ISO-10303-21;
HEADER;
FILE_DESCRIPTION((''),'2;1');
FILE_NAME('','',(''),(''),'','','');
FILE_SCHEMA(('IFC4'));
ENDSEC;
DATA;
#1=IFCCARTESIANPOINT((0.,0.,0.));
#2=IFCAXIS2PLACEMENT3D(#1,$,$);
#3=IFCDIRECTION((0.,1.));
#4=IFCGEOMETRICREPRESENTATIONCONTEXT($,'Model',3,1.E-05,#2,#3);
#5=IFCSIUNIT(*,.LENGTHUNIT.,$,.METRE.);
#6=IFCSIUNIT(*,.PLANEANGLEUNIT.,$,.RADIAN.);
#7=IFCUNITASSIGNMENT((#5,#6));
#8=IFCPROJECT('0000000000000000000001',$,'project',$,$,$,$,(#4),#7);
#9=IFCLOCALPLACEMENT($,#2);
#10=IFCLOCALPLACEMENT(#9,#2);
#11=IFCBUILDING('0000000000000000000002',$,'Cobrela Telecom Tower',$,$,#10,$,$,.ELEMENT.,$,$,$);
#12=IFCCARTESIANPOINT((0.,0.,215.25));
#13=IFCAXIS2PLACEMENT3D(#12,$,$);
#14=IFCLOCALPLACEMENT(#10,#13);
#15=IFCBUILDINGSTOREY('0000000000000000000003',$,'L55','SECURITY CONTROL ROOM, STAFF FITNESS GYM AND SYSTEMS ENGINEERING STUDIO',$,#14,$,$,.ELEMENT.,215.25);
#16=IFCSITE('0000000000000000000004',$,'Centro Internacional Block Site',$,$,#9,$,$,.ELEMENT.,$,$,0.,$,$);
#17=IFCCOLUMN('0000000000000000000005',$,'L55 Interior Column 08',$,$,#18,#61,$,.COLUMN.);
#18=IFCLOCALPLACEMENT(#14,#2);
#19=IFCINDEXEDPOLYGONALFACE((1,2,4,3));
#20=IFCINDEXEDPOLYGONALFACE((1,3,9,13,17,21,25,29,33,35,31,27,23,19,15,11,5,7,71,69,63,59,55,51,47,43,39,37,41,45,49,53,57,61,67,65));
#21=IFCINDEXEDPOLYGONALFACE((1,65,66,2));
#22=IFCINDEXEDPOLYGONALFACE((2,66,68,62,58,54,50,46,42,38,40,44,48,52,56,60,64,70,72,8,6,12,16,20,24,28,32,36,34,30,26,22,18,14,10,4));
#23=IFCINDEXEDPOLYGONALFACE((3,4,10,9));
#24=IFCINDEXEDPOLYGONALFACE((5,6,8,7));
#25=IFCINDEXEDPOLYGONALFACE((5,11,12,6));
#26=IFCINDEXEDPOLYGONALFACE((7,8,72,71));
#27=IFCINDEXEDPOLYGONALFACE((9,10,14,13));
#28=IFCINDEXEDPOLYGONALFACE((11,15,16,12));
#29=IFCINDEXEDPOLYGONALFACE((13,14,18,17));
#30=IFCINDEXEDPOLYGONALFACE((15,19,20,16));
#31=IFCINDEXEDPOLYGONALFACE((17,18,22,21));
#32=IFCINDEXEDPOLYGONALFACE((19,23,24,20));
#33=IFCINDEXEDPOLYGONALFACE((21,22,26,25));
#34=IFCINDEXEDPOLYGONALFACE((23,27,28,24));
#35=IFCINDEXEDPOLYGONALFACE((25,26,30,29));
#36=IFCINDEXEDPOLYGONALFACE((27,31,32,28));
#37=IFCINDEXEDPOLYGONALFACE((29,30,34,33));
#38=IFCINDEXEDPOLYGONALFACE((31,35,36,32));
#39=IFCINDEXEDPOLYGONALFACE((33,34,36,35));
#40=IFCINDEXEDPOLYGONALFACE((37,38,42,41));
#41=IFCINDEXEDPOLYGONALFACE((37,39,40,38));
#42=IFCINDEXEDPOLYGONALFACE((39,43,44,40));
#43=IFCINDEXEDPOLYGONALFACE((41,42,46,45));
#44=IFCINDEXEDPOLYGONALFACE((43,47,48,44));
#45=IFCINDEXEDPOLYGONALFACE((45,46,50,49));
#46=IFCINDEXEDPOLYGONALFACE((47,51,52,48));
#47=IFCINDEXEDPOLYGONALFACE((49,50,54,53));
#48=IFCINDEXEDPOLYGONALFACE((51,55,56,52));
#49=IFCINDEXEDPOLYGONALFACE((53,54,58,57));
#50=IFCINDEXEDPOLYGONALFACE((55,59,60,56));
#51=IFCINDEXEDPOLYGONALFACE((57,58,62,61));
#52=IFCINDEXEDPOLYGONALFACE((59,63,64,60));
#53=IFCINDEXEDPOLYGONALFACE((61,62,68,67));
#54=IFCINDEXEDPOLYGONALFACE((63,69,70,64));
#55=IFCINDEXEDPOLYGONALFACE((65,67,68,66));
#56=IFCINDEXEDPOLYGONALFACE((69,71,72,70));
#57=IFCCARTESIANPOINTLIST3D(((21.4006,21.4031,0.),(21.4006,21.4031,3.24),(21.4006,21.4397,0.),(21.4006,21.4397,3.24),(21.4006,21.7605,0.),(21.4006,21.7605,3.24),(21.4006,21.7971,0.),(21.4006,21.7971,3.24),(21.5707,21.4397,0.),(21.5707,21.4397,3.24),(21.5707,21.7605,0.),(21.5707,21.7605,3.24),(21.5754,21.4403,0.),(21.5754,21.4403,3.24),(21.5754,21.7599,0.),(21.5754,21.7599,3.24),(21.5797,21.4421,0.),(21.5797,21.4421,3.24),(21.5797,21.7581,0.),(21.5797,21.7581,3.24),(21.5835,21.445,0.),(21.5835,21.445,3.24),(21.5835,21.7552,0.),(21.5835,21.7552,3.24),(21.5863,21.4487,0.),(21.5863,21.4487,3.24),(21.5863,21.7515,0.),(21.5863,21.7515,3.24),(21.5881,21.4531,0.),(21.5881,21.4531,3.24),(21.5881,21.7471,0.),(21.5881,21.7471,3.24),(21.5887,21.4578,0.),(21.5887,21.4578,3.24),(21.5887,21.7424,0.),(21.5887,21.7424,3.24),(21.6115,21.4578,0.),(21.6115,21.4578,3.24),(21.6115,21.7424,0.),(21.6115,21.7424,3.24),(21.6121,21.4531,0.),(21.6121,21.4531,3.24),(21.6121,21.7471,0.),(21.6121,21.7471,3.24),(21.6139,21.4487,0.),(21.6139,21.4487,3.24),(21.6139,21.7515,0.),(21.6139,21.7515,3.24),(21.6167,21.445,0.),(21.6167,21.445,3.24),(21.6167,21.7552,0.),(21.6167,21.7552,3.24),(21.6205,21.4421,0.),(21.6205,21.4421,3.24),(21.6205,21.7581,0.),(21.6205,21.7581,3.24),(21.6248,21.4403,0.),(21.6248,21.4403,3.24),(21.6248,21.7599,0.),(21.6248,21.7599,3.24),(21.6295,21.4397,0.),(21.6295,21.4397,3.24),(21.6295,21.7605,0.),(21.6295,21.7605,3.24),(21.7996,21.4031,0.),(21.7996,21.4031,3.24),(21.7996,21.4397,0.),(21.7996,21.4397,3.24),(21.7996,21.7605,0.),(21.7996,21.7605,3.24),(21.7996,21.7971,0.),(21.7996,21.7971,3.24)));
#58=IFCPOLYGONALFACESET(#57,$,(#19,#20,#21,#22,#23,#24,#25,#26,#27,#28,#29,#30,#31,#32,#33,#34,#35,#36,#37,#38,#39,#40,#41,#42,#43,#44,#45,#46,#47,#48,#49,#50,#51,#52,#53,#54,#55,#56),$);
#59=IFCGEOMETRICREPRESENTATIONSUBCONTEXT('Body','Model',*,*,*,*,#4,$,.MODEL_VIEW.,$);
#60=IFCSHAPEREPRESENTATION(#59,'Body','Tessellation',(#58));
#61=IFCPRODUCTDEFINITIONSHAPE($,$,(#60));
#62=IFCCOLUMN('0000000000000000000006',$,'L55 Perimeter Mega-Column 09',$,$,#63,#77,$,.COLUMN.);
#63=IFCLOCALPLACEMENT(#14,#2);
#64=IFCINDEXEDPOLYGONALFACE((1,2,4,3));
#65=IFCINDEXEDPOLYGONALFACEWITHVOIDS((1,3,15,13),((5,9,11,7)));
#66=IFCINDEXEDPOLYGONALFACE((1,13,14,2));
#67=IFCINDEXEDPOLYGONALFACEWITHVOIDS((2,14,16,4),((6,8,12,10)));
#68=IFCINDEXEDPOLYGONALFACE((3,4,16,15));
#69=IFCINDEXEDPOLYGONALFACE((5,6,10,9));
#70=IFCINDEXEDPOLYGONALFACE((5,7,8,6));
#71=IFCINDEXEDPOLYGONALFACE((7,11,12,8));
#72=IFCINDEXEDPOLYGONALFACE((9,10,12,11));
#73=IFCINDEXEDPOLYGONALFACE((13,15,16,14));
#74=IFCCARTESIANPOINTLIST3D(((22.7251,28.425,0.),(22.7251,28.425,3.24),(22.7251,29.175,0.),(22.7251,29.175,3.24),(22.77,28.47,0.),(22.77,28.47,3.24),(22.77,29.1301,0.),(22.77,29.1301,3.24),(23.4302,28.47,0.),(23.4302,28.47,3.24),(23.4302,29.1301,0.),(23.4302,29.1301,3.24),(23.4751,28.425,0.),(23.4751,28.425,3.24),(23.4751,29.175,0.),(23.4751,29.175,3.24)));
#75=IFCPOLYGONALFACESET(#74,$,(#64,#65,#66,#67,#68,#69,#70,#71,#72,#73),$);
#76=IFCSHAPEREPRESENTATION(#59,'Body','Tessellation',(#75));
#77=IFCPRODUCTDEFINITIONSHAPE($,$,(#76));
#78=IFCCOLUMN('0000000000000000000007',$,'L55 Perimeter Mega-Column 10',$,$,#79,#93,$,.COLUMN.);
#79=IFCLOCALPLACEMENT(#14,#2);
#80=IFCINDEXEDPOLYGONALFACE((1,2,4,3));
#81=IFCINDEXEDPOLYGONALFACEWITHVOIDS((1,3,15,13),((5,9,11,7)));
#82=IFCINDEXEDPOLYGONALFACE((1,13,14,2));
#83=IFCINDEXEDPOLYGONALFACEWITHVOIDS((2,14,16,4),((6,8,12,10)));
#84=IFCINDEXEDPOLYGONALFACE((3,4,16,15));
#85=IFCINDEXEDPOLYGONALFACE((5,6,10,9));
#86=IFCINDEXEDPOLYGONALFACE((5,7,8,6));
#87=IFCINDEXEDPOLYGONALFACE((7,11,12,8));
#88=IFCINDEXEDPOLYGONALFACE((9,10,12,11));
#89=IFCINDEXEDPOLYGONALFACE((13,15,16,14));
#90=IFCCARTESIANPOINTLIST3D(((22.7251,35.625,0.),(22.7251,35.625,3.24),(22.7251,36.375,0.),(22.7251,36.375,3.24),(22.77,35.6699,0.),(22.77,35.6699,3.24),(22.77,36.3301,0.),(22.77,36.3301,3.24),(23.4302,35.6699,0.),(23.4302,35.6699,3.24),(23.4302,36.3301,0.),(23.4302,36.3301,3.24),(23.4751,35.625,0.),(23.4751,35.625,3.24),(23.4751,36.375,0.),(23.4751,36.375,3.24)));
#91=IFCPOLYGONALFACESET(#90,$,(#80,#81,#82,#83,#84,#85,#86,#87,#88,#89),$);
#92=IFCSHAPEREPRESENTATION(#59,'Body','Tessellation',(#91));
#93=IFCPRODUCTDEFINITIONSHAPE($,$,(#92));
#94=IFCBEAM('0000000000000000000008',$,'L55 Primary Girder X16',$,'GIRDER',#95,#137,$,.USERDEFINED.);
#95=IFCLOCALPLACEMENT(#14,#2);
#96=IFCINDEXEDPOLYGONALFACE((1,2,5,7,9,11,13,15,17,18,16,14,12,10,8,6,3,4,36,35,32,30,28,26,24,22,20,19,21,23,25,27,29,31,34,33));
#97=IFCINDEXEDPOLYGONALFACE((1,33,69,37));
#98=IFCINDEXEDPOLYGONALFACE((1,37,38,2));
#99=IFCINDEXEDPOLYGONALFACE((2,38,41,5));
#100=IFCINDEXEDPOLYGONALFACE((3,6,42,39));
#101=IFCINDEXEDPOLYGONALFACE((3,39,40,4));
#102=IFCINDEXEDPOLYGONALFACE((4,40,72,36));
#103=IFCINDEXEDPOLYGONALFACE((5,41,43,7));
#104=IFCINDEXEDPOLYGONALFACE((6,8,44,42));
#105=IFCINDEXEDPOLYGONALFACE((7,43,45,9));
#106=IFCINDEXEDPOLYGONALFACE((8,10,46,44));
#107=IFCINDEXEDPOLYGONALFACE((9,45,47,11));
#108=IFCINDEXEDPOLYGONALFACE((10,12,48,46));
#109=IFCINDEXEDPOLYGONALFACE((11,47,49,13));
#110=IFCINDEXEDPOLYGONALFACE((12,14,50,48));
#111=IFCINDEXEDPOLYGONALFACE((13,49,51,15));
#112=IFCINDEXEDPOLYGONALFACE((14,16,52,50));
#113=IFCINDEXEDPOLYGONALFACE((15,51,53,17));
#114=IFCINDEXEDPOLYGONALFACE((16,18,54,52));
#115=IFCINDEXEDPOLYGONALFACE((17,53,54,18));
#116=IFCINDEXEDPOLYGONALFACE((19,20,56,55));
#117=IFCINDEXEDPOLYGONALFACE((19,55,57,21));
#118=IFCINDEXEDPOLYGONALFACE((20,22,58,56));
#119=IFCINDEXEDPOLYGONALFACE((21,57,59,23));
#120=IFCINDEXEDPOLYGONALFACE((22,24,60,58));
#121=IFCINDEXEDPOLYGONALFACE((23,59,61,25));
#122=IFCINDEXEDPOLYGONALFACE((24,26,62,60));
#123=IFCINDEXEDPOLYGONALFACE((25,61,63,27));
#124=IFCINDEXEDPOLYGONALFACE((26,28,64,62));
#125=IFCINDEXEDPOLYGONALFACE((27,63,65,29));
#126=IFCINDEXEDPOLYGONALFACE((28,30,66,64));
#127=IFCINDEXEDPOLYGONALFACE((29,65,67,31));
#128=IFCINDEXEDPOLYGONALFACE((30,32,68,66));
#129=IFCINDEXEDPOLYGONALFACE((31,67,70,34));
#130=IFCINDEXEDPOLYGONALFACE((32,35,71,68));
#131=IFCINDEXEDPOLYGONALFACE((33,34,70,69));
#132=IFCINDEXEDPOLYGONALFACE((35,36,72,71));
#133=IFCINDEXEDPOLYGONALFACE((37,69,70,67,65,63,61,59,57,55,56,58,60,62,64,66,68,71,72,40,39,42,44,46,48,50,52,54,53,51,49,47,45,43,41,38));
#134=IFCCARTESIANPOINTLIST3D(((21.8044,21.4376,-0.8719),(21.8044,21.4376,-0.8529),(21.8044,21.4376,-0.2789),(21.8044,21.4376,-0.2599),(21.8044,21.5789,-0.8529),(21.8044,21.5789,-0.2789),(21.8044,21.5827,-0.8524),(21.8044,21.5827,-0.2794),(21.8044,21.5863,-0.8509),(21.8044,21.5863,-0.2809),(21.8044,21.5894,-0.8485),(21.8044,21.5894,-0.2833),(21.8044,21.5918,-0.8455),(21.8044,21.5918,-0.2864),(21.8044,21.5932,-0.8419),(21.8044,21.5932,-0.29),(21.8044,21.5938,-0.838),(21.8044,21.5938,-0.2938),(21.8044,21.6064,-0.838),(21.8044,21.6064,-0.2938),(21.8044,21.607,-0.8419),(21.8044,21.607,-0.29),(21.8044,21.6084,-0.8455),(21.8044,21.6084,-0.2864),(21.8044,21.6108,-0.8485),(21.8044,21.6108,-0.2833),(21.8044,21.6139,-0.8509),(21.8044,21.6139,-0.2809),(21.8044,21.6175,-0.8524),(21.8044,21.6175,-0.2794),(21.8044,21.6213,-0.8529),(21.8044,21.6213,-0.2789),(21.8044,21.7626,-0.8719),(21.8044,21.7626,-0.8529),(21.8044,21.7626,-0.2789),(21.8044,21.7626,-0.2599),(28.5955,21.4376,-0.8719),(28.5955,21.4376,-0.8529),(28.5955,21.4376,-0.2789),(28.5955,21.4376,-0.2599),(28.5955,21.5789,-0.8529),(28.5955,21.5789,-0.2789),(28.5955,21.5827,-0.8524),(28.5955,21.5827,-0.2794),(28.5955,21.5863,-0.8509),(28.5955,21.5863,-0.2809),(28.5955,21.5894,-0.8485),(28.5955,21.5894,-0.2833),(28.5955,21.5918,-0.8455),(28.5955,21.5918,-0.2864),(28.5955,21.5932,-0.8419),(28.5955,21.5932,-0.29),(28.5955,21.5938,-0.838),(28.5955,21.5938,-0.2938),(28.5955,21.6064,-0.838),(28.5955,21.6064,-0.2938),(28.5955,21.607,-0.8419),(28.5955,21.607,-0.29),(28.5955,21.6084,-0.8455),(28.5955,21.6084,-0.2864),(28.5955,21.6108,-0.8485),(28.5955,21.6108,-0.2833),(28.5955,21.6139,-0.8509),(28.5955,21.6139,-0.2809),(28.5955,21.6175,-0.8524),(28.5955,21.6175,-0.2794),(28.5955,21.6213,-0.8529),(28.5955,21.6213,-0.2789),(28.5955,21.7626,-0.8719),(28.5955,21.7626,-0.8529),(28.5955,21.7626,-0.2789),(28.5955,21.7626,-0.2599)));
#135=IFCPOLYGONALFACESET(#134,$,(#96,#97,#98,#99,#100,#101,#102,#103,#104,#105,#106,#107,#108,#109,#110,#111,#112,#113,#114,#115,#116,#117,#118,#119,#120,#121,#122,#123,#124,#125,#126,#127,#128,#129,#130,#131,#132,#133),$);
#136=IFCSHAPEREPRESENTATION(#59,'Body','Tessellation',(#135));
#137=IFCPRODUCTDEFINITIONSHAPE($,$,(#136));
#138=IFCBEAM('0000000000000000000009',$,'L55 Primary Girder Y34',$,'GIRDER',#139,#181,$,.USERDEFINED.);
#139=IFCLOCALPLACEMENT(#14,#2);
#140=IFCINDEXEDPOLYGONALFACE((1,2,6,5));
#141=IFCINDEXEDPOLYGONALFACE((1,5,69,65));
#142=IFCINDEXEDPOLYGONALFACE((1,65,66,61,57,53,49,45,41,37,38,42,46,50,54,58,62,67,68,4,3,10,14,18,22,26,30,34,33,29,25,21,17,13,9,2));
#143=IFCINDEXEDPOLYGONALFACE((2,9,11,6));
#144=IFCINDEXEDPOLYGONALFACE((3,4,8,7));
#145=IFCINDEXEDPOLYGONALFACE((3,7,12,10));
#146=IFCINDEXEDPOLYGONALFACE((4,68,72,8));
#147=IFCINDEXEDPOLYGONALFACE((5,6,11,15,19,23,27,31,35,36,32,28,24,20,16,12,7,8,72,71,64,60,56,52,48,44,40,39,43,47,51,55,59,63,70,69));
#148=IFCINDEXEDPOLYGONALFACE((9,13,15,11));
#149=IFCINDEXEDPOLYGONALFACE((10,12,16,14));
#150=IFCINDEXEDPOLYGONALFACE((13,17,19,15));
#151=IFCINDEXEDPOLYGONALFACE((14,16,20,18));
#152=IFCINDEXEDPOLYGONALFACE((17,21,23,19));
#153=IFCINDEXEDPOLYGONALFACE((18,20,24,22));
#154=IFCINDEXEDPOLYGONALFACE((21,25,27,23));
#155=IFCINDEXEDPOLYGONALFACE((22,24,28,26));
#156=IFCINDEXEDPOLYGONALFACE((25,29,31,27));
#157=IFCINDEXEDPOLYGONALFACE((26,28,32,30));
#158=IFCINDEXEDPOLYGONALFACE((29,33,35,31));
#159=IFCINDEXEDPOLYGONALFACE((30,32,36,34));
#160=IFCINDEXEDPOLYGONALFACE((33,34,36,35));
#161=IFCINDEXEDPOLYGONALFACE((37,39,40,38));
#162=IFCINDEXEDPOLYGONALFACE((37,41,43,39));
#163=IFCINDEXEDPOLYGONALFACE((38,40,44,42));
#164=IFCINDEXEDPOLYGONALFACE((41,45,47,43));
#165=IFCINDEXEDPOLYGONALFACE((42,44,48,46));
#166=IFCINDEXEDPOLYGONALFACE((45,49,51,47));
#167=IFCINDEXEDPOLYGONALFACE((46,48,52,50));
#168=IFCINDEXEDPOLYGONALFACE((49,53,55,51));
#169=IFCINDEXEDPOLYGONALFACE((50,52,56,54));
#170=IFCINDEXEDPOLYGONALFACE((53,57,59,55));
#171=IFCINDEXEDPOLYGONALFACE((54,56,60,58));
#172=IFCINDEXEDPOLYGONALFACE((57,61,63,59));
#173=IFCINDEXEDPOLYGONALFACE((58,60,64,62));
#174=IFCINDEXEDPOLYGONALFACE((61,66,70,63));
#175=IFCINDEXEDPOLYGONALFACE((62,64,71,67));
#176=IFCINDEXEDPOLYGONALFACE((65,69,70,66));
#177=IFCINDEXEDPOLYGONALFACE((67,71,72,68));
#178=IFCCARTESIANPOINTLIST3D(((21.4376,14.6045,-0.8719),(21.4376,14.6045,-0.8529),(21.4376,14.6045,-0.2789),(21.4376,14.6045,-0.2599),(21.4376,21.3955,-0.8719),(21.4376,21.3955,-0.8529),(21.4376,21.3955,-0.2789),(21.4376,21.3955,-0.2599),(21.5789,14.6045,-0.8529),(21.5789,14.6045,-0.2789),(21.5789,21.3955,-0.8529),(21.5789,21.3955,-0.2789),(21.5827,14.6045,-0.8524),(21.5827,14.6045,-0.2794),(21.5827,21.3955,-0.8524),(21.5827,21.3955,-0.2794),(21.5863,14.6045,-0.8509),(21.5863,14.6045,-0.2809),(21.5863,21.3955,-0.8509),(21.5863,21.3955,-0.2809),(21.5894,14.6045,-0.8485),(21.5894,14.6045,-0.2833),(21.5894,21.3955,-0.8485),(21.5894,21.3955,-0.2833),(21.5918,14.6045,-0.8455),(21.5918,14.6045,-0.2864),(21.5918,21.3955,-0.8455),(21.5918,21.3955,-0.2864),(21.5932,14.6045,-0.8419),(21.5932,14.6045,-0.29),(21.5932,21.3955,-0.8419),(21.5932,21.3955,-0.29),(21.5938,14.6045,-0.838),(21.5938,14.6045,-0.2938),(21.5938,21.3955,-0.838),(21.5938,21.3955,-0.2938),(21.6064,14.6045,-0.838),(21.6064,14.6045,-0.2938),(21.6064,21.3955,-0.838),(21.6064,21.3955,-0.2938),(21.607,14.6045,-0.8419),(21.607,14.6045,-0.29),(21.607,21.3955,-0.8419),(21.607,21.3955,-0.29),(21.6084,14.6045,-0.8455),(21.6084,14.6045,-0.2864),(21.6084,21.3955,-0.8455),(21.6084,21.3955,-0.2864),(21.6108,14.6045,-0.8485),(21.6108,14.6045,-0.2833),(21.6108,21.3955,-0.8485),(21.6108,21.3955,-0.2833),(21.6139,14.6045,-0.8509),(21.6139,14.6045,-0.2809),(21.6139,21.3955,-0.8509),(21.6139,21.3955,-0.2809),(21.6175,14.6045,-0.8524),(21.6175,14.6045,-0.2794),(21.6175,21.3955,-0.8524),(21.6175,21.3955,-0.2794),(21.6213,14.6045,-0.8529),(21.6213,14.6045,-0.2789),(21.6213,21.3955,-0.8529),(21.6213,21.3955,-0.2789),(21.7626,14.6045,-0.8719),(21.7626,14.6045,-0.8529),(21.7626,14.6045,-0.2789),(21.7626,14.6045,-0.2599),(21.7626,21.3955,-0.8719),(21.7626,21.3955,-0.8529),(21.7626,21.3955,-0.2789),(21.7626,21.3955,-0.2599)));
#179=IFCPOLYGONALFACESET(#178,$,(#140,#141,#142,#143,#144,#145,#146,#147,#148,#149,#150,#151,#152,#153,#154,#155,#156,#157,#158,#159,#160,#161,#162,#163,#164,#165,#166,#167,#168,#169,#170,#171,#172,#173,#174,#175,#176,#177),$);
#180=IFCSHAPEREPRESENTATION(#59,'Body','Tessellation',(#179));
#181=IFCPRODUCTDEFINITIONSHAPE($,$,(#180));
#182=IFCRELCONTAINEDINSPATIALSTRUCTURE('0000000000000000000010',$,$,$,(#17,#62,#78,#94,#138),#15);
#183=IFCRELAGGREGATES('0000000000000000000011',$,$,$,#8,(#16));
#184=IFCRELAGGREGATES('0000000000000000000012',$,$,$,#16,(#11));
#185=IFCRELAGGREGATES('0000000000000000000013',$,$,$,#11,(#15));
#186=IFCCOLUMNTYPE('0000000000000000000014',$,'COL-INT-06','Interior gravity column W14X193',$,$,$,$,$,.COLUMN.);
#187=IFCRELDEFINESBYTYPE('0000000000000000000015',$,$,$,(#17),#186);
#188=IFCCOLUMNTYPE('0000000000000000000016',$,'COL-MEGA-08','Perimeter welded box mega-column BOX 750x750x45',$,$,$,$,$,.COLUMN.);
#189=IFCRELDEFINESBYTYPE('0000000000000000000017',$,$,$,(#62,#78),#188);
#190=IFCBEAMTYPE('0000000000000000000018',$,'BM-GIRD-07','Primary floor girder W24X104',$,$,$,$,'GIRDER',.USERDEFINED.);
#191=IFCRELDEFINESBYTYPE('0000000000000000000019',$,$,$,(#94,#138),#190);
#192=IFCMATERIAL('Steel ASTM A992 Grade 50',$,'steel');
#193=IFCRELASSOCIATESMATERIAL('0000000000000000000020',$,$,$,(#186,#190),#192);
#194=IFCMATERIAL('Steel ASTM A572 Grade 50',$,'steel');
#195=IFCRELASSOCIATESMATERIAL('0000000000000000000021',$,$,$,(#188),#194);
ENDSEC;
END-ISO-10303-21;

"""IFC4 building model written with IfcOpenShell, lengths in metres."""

from ifc_helpers import new_model, si_unit, direction, frame, origin, origin_2d, place, context, subcontext, project, spatial, hollow_rectangle, i_section, extrude, material, material_profile, profile_set, type_object, element, save


model = new_model("IFC4")

# Units and contexts
model_context = context("Model", 3, precision=1e-05, world=origin(), true_north=direction((0.0, 1.0)))
body_context = subcontext(model_context, "Body", "Model", "MODEL_VIEW")
ifc_project = project(units=[si_unit("LENGTHUNIT", "METRE"), si_unit("PLANEANGLEUNIT", "RADIAN")], contexts=[model_context])

# Site, building, storey
site_placement = place(None, origin())
site = spatial("IfcSite", under=ifc_project, at=site_placement, Name="Centro Internacional Block Site", CompositionType="ELEMENT", RefElevation=0.0)
building_placement = place(site_placement, origin())
building = spatial("IfcBuilding", under=site, at=building_placement, Name="Cobrela Telecom Tower", CompositionType="ELEMENT")
storey_placement = place(building_placement, frame((0.0, 0.0, 215.25)))
storey = spatial("IfcBuildingStorey", under=building, at=storey_placement, Name="L55", Description="SECURITY CONTROL ROOM, STAFF FITNESS GYM AND SYSTEMS ENGINEERING STUDIO", CompositionType="ELEMENT", Elevation=215.25)

# Columns
ifc_material_1 = material(Name="Steel ASTM A992 Grade 50", Category="steel")
ifc_material_profile_1 = material_profile(ifc_material_1, i_section(OverallWidth=0.3989, OverallDepth=0.394, WebThickness=0.0227, FlangeThickness=0.0366, FilletRadius=0.0181, at=origin_2d()), Name="W14X193")
ifc_profile_set_1 = profile_set([ifc_material_profile_1], Name="Steel ASTM A992 Grade 50")
column_type_1 = type_object("IfcColumnType", Name="COL-INT-06", Description="Interior gravity column W14X193", PredefinedType="COLUMN", material=ifc_profile_set_1)
column_placement = place(storey_placement, frame((21.6001, 21.6001, 0.0), z_axis=(0.0, 0.0, 1.0), x_axis=(1.0, 0.0, 0.0)))
element("IfcColumn", 1, at=column_placement, inside=storey, type_object=column_type_1, Name="L55 Interior Column 08", PredefinedType="COLUMN", context=body_context, shape_type="SweptSolid", body=[
    extrude(i_section(OverallWidth=0.3989, OverallDepth=0.394, WebThickness=0.0227, FlangeThickness=0.0366, FilletRadius=0.0181, at=origin_2d()), origin(), (0.0, 0.0, 1.0), 3.24),
])
ifc_material_2 = material(Name="Steel ASTM A572 Grade 50", Category="steel")
ifc_material_profile_2 = material_profile(ifc_material_2, hollow_rectangle(XDim=0.75, YDim=0.75, WallThickness=0.0449, at=origin_2d()), Name="BOX 750x750x45")
ifc_profile_set_2 = profile_set([ifc_material_profile_2], Name="Steel ASTM A572 Grade 50")
column_type_2 = type_object("IfcColumnType", Name="COL-MEGA-08", Description="Perimeter welded box mega-column BOX 750x750x45", PredefinedType="COLUMN", material=ifc_profile_set_2)
for number, where, z_axis, x_axis, name in (
    (2, (23.1001, 28.8, 0.0), (0.0, 0.0, 1.0), (1.0, 0.0, 0.0), "L55 Perimeter Mega-Column 09"),
    (3, (23.1001, 36.0, 0.0), (0.0, 0.0, 1.0), (1.0, 0.0, 0.0), "L55 Perimeter Mega-Column 10"),
):
    element("IfcColumn", number, at=place(storey_placement, frame(where, z_axis=z_axis, x_axis=x_axis)), inside=storey, type_object=column_type_2, Name=name, PredefinedType="COLUMN", context=body_context, shape_type="SweptSolid", body=[
        extrude(hollow_rectangle(XDim=0.75, YDim=0.75, WallThickness=0.0449, at=origin_2d()), origin(), (0.0, 0.0, 1.0), 3.24),
    ])

# Beams
ifc_material_profile_3 = material_profile(ifc_material_1, i_section(OverallWidth=0.325, OverallDepth=0.6121, WebThickness=0.0127, FlangeThickness=0.019, FilletRadius=0.0149, at=origin_2d()), Name="W24X104")
ifc_profile_set_3 = profile_set([ifc_material_profile_3], Name="Steel ASTM A992 Grade 50")
beam_type_1 = type_object("IfcBeamType", Name="BM-GIRD-07", Description="Primary floor girder W24X104", ElementType="GIRDER", PredefinedType="USERDEFINED", material=ifc_profile_set_3)
for number, where, z_axis, x_axis, name in (
    (4, (21.8044, 21.6001, -0.5659), (1.0, 0.0, 0.0), (0.0, 1.0, 0.0), "L55 Primary Girder X16"),
    (5, (21.6001, 14.6045, -0.5659), (0.0, 1.0, 0.0), (-1.0, 0.0, 0.0), "L55 Primary Girder Y34"),
):
    element("IfcBeam", number, at=place(storey_placement, frame(where, z_axis=z_axis, x_axis=x_axis)), inside=storey, type_object=beam_type_1, Name=name, ObjectType="GIRDER", PredefinedType="USERDEFINED", context=body_context, shape_type="SweptSolid", body=[
        extrude(i_section(OverallWidth=0.325, OverallDepth=0.6121, WebThickness=0.0127, FlangeThickness=0.019, FilletRadius=0.0149, at=origin_2d()), origin(), (0.0, 0.0, 1.0), 6.791),
    ])

save(model, "model.ifc")
